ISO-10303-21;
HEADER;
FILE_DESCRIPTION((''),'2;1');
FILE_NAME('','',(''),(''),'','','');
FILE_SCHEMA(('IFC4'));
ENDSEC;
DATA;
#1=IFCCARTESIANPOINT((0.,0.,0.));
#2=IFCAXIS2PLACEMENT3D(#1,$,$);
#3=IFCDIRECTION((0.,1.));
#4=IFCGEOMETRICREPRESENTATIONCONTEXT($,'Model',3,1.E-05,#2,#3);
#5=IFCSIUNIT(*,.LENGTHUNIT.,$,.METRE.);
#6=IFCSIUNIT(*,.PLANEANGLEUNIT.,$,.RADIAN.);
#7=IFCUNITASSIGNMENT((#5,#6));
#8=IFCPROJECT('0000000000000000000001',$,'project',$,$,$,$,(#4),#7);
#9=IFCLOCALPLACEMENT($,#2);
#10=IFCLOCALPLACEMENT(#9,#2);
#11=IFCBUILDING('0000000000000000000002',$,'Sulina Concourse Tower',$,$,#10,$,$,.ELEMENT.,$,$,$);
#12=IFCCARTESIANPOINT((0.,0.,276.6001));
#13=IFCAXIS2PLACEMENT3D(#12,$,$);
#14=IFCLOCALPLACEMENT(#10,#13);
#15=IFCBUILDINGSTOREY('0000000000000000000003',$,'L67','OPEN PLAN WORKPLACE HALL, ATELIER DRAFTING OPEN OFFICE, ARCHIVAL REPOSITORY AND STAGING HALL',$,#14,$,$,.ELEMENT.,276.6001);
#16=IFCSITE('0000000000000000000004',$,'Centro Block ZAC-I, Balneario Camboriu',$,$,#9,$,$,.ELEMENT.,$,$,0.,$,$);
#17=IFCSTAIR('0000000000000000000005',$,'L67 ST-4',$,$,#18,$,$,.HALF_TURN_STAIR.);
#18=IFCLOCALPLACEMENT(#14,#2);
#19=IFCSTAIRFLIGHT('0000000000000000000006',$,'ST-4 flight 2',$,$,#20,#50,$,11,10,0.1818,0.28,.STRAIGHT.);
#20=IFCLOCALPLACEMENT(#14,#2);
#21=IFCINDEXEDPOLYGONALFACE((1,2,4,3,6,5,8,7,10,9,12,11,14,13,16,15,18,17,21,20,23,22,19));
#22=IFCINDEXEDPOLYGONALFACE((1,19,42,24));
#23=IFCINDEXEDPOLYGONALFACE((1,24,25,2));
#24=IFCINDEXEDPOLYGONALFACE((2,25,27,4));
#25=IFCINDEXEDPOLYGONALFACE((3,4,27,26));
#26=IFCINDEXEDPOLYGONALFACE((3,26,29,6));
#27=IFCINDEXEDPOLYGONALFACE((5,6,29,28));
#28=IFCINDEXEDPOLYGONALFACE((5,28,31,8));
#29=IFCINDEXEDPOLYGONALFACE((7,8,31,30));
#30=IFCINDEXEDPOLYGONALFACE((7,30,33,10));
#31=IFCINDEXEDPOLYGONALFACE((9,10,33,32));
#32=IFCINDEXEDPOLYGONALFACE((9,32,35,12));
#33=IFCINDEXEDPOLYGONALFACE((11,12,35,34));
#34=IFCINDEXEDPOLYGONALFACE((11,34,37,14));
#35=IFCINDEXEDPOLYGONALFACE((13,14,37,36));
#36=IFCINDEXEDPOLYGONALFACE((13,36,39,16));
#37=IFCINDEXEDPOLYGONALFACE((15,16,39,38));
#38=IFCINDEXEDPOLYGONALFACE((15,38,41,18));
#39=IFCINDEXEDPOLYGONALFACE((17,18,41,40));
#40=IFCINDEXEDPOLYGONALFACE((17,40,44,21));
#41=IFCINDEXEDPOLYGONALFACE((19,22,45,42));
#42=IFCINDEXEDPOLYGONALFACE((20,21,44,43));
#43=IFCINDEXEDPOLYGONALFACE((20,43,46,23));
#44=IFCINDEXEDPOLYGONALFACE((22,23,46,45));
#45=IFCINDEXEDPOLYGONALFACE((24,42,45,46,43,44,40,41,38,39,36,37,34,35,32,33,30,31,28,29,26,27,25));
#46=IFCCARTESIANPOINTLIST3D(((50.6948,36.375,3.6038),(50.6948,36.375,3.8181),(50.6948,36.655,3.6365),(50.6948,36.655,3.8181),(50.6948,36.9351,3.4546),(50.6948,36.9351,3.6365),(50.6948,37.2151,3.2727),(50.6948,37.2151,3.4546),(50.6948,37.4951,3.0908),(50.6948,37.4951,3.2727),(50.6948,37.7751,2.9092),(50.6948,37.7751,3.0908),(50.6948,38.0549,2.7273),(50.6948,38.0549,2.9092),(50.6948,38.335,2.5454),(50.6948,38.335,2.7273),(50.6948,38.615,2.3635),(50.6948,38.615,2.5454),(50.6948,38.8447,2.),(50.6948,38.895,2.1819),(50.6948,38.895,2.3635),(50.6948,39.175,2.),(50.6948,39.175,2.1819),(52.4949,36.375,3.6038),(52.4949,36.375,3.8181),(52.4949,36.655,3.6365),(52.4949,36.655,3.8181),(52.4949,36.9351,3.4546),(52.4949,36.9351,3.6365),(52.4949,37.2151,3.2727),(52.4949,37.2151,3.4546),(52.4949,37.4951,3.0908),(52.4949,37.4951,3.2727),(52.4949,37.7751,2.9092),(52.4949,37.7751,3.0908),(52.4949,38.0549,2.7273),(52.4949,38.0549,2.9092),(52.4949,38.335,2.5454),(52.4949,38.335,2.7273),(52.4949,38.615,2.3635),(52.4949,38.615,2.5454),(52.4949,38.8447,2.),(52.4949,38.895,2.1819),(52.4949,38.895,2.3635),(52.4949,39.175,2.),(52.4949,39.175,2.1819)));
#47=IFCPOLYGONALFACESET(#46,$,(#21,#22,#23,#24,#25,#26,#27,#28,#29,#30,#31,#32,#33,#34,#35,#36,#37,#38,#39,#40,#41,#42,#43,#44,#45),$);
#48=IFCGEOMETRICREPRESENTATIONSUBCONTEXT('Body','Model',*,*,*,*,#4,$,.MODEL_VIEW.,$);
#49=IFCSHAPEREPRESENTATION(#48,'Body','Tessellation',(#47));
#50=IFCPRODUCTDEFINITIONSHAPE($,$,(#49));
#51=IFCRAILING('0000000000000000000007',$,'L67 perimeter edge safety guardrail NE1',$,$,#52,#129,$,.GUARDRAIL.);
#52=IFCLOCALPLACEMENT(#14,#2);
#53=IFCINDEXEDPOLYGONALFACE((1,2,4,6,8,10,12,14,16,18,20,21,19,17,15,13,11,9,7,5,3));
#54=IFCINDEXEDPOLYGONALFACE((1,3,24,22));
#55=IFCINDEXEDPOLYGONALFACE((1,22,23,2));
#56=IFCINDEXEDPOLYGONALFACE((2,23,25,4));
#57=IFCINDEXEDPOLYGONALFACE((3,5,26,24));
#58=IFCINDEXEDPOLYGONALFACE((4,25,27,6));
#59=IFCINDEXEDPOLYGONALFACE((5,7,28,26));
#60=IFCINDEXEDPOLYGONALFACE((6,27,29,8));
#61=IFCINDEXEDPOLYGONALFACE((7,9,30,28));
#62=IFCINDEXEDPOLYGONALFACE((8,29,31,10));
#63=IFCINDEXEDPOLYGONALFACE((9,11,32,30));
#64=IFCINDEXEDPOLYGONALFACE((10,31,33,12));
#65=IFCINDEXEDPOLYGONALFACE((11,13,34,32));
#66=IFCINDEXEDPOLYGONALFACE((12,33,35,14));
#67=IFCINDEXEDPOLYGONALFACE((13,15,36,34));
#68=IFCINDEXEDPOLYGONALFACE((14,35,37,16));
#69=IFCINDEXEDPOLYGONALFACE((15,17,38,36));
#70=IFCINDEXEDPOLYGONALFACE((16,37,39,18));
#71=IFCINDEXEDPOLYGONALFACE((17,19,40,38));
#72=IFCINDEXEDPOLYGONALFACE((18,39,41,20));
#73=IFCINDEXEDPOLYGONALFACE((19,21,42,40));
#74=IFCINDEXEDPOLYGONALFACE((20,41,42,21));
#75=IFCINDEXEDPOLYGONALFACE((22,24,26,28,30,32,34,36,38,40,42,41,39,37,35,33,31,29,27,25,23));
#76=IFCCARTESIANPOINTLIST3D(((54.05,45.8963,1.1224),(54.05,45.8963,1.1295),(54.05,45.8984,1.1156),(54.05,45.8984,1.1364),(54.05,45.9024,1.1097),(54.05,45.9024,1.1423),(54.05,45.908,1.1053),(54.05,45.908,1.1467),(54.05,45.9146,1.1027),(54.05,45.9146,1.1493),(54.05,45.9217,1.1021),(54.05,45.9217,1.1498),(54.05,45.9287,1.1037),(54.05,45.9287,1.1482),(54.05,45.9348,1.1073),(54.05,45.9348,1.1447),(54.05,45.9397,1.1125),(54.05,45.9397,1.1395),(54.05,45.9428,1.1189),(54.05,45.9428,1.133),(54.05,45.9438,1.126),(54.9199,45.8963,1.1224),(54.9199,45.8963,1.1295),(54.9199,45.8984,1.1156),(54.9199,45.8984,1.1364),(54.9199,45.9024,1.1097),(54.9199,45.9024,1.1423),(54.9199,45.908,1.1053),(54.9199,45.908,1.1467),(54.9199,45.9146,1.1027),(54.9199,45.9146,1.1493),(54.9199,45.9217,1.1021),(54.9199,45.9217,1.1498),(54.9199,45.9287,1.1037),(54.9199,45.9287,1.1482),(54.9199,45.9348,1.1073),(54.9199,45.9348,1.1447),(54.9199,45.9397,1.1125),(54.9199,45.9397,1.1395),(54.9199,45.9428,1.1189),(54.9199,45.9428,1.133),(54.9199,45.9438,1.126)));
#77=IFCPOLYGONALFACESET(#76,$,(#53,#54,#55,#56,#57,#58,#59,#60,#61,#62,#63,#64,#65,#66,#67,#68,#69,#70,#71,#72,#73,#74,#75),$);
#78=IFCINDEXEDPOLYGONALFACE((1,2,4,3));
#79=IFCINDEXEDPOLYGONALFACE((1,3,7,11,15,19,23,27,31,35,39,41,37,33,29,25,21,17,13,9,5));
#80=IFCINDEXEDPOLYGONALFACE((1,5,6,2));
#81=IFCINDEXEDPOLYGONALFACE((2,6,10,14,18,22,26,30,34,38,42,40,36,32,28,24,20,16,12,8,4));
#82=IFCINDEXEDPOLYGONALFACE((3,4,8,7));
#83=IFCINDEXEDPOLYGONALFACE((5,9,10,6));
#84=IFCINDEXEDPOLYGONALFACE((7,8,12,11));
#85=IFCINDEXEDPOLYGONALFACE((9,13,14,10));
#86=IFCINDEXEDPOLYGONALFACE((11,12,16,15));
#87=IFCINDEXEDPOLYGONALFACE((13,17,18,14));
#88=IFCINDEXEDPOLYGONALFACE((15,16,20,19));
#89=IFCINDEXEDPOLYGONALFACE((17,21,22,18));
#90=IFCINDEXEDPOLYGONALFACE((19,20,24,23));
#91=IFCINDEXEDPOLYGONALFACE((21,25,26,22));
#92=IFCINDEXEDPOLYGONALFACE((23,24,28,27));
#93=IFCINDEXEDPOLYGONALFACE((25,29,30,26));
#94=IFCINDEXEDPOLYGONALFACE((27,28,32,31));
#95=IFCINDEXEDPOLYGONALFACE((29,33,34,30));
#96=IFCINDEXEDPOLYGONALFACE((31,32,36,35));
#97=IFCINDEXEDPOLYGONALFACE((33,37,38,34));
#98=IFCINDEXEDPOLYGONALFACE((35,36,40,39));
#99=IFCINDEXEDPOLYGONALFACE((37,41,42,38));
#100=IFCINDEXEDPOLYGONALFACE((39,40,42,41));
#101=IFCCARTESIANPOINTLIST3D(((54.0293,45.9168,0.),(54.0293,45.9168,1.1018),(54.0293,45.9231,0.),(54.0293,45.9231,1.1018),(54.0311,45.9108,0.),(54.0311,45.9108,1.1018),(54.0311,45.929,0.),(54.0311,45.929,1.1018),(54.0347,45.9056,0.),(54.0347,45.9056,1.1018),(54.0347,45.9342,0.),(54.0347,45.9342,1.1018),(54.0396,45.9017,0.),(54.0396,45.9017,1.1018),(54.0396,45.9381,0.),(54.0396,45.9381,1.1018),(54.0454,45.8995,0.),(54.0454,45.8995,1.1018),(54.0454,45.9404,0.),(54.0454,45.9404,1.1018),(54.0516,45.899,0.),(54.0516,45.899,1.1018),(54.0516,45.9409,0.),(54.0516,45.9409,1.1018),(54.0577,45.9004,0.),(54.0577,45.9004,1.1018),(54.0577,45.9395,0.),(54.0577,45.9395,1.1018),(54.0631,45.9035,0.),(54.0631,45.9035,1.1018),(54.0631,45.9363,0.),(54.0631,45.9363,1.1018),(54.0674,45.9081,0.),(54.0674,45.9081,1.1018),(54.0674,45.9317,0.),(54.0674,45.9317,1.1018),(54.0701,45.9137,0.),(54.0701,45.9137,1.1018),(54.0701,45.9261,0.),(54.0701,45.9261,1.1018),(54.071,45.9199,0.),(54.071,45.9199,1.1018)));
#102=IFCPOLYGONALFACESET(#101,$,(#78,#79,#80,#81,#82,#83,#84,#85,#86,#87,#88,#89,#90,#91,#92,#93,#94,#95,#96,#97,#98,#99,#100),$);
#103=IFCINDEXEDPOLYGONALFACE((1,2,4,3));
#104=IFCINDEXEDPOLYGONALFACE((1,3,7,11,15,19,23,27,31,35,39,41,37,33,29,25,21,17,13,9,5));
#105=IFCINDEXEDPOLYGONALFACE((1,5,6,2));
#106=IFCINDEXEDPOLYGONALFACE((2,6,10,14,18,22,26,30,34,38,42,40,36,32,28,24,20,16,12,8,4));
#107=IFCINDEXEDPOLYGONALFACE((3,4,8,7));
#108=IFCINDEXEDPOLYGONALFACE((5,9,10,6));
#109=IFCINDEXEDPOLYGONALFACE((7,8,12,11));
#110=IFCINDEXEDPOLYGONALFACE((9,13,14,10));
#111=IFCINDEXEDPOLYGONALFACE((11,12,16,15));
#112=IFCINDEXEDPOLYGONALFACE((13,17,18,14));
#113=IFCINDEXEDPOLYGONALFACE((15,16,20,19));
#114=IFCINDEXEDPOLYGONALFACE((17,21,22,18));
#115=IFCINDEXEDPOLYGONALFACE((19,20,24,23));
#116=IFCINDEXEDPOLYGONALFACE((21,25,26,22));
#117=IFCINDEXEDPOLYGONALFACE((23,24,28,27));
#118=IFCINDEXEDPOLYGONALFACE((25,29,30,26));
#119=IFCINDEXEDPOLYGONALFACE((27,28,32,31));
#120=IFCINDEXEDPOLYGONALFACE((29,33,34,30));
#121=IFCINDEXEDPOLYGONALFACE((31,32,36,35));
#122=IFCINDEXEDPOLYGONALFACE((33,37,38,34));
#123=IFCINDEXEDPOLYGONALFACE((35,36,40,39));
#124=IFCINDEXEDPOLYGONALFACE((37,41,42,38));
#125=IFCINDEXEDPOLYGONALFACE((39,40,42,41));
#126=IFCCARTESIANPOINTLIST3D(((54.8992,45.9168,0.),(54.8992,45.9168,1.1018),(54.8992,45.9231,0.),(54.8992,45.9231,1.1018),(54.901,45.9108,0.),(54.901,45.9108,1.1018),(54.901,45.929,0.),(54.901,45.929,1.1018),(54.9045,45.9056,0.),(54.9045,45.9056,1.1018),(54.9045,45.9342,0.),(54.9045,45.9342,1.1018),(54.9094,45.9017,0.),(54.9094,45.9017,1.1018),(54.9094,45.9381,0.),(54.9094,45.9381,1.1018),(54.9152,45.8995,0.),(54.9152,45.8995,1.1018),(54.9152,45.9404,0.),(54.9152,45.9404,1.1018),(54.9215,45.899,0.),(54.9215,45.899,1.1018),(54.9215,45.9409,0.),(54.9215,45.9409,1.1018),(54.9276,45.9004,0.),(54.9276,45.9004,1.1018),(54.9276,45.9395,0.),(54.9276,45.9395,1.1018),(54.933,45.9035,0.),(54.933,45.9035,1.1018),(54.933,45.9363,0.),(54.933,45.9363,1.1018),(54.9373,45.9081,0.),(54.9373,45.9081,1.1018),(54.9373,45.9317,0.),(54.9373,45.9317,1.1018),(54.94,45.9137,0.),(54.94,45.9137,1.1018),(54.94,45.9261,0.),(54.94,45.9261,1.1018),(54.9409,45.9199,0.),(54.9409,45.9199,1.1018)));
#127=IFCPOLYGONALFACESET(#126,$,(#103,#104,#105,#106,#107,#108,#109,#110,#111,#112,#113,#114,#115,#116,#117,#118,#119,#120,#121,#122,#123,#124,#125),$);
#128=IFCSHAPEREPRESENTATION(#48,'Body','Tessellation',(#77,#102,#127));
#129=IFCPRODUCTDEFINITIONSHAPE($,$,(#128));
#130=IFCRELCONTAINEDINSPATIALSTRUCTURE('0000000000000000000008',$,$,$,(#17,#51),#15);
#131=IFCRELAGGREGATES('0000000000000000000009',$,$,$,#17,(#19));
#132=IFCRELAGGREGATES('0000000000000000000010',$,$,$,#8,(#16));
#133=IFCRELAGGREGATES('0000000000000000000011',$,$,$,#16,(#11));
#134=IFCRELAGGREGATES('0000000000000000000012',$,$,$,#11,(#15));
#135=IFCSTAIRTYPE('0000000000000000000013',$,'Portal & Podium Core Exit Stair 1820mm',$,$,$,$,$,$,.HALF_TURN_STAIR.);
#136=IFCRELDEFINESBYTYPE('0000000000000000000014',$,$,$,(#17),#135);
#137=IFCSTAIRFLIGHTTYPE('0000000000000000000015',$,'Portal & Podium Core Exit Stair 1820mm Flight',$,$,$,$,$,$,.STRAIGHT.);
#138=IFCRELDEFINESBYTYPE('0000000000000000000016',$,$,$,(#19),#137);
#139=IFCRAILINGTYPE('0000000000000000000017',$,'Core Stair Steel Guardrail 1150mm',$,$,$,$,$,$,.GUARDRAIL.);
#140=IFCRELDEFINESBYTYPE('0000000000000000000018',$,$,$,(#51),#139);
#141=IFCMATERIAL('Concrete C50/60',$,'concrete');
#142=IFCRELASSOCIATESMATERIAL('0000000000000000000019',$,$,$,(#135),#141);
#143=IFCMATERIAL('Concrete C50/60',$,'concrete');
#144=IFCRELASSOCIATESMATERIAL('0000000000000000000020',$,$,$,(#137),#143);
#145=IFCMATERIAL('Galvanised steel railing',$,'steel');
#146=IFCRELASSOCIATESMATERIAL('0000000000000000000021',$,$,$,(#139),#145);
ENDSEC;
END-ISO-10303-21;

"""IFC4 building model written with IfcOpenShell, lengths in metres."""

from ifc_helpers import new_model, si_unit, direction, frame, origin, origin_2d, place, context, subcontext, project, spatial, polyline, circle, outline, extrude, material, type_object, element, aggregate, save


model = new_model("IFC4")

# Units and contexts
model_context = context("Model", 3, precision=1e-05, world=origin(), true_north=direction((0.0, 1.0)))
body_context = subcontext(model_context, "Body", "Model", "MODEL_VIEW")
ifc_project = project(units=[si_unit("LENGTHUNIT", "METRE"), si_unit("PLANEANGLEUNIT", "RADIAN")], contexts=[model_context])

# Site, building, storey
site_placement = place(None, origin())
site = spatial("IfcSite", under=ifc_project, at=site_placement, Name="Centro Block ZAC-I, Balneario Camboriu", CompositionType="ELEMENT", RefElevation=0.0)
building_placement = place(site_placement, origin())
building = spatial("IfcBuilding", under=site, at=building_placement, Name="Sulina Concourse Tower", CompositionType="ELEMENT")
storey_placement = place(building_placement, frame((0.0, 0.0, 276.6001)))
storey = spatial("IfcBuildingStorey", under=building, at=storey_placement, Name="L67", Description="OPEN PLAN WORKPLACE HALL, ATELIER DRAFTING OPEN OFFICE, ARCHIVAL REPOSITORY AND STAGING HALL", CompositionType="ELEMENT", Elevation=276.6001)

# Stair, stair flight
ifc_material_1 = material(Name="Concrete C50/60", Category="concrete")
stair_type = type_object("IfcStairType", Name="Portal & Podium Core Exit Stair 1820mm", PredefinedType="HALF_TURN_STAIR", material=ifc_material_1)
stair_placement = place(storey_placement, origin())
stair = element("IfcStair", 1, at=stair_placement, inside=storey, type_object=stair_type, Name="L67 ST-4", PredefinedType="HALF_TURN_STAIR")
ifc_material_2 = material(Name="Concrete C50/60", Category="concrete")
stair_flight_type = type_object("IfcStairFlightType", Name="Portal & Podium Core Exit Stair 1820mm Flight", PredefinedType="STRAIGHT", material=ifc_material_2)
stair_flight_placement = place(storey_placement, frame((51.595, 39.175, 2.0), z_axis=(0.0, 0.0, 1.0), x_axis=(0.0, -1.0, 0.0)))
stair_flight = element("IfcStairFlight", 2, at=stair_flight_placement, type_object=stair_flight_type, Name="ST-4 flight 2", NumberOfRisers=11, NumberOfTreads=10, PredefinedType="STRAIGHT", RiserHeight=0.1818, TreadLength=0.28, context=body_context, shape_type="SweptSolid", body=[
    extrude(outline(polyline([(0.0, 0.0), (0.0, 0.1819), (0.28, 0.1819), (0.28, 0.3635), (0.5601, 0.3635), (0.5601, 0.5454), (0.8401, 0.5454), (0.8401, 0.7273), (1.1201, 0.7273), (1.1201, 0.9092), (1.3999, 0.9092), (1.3999, 1.0908), (1.6799, 1.0908), (1.6799, 1.2727), (1.96, 1.2727), (1.96, 1.4546), (2.24, 1.4546), (2.24, 1.6365), (2.52, 1.6365), (2.52, 1.8181), (2.8, 1.8181), (2.8, 2.0), (2.8, 1.6038), (0.3303, 0.0), (0.0, 0.0)])), frame((0.0, 0.8999, 0.0), z_axis=(0.0, -1.0, 0.0), x_axis=(1.0, 0.0, 0.0)), (0.0, 0.0, 1.0), 1.8),
])
aggregate(stair, [stair_flight])

# Railing
ifc_material_3 = material(Name="Galvanised steel railing", Category="steel")
railing_type_1 = type_object("IfcRailingType", Name="Core Stair Steel Guardrail 1150mm", PredefinedType="GUARDRAIL", material=ifc_material_3)
railing_1_placement = place(storey_placement, frame((54.05, 45.9199, 0.0)))
element("IfcRailing", 3, at=railing_1_placement, inside=storey, type_object=railing_type_1, Name="L67 perimeter edge safety guardrail NE1", PredefinedType="GUARDRAIL", context=body_context, shape_type="SweptSolid", body=[
    extrude(circle(Radius=0.0239, at=origin_2d()), frame((0.0, 0.0, 1.126), z_axis=(1.0, 0.0, 0.0), x_axis=(0.0, 1.0, 0.0)), (0.0, 0.0, 1.0), 0.8699),
    extrude(circle(Radius=0.021, at=origin_2d()), origin(), (0.0, 0.0, 1.0), 1.1018),
    extrude(circle(Radius=0.021, at=origin_2d()), frame((0.8699, 0.0, 0.0)), (0.0, 0.0, 1.0), 1.1018),
])

save(model, "model.ifc")
